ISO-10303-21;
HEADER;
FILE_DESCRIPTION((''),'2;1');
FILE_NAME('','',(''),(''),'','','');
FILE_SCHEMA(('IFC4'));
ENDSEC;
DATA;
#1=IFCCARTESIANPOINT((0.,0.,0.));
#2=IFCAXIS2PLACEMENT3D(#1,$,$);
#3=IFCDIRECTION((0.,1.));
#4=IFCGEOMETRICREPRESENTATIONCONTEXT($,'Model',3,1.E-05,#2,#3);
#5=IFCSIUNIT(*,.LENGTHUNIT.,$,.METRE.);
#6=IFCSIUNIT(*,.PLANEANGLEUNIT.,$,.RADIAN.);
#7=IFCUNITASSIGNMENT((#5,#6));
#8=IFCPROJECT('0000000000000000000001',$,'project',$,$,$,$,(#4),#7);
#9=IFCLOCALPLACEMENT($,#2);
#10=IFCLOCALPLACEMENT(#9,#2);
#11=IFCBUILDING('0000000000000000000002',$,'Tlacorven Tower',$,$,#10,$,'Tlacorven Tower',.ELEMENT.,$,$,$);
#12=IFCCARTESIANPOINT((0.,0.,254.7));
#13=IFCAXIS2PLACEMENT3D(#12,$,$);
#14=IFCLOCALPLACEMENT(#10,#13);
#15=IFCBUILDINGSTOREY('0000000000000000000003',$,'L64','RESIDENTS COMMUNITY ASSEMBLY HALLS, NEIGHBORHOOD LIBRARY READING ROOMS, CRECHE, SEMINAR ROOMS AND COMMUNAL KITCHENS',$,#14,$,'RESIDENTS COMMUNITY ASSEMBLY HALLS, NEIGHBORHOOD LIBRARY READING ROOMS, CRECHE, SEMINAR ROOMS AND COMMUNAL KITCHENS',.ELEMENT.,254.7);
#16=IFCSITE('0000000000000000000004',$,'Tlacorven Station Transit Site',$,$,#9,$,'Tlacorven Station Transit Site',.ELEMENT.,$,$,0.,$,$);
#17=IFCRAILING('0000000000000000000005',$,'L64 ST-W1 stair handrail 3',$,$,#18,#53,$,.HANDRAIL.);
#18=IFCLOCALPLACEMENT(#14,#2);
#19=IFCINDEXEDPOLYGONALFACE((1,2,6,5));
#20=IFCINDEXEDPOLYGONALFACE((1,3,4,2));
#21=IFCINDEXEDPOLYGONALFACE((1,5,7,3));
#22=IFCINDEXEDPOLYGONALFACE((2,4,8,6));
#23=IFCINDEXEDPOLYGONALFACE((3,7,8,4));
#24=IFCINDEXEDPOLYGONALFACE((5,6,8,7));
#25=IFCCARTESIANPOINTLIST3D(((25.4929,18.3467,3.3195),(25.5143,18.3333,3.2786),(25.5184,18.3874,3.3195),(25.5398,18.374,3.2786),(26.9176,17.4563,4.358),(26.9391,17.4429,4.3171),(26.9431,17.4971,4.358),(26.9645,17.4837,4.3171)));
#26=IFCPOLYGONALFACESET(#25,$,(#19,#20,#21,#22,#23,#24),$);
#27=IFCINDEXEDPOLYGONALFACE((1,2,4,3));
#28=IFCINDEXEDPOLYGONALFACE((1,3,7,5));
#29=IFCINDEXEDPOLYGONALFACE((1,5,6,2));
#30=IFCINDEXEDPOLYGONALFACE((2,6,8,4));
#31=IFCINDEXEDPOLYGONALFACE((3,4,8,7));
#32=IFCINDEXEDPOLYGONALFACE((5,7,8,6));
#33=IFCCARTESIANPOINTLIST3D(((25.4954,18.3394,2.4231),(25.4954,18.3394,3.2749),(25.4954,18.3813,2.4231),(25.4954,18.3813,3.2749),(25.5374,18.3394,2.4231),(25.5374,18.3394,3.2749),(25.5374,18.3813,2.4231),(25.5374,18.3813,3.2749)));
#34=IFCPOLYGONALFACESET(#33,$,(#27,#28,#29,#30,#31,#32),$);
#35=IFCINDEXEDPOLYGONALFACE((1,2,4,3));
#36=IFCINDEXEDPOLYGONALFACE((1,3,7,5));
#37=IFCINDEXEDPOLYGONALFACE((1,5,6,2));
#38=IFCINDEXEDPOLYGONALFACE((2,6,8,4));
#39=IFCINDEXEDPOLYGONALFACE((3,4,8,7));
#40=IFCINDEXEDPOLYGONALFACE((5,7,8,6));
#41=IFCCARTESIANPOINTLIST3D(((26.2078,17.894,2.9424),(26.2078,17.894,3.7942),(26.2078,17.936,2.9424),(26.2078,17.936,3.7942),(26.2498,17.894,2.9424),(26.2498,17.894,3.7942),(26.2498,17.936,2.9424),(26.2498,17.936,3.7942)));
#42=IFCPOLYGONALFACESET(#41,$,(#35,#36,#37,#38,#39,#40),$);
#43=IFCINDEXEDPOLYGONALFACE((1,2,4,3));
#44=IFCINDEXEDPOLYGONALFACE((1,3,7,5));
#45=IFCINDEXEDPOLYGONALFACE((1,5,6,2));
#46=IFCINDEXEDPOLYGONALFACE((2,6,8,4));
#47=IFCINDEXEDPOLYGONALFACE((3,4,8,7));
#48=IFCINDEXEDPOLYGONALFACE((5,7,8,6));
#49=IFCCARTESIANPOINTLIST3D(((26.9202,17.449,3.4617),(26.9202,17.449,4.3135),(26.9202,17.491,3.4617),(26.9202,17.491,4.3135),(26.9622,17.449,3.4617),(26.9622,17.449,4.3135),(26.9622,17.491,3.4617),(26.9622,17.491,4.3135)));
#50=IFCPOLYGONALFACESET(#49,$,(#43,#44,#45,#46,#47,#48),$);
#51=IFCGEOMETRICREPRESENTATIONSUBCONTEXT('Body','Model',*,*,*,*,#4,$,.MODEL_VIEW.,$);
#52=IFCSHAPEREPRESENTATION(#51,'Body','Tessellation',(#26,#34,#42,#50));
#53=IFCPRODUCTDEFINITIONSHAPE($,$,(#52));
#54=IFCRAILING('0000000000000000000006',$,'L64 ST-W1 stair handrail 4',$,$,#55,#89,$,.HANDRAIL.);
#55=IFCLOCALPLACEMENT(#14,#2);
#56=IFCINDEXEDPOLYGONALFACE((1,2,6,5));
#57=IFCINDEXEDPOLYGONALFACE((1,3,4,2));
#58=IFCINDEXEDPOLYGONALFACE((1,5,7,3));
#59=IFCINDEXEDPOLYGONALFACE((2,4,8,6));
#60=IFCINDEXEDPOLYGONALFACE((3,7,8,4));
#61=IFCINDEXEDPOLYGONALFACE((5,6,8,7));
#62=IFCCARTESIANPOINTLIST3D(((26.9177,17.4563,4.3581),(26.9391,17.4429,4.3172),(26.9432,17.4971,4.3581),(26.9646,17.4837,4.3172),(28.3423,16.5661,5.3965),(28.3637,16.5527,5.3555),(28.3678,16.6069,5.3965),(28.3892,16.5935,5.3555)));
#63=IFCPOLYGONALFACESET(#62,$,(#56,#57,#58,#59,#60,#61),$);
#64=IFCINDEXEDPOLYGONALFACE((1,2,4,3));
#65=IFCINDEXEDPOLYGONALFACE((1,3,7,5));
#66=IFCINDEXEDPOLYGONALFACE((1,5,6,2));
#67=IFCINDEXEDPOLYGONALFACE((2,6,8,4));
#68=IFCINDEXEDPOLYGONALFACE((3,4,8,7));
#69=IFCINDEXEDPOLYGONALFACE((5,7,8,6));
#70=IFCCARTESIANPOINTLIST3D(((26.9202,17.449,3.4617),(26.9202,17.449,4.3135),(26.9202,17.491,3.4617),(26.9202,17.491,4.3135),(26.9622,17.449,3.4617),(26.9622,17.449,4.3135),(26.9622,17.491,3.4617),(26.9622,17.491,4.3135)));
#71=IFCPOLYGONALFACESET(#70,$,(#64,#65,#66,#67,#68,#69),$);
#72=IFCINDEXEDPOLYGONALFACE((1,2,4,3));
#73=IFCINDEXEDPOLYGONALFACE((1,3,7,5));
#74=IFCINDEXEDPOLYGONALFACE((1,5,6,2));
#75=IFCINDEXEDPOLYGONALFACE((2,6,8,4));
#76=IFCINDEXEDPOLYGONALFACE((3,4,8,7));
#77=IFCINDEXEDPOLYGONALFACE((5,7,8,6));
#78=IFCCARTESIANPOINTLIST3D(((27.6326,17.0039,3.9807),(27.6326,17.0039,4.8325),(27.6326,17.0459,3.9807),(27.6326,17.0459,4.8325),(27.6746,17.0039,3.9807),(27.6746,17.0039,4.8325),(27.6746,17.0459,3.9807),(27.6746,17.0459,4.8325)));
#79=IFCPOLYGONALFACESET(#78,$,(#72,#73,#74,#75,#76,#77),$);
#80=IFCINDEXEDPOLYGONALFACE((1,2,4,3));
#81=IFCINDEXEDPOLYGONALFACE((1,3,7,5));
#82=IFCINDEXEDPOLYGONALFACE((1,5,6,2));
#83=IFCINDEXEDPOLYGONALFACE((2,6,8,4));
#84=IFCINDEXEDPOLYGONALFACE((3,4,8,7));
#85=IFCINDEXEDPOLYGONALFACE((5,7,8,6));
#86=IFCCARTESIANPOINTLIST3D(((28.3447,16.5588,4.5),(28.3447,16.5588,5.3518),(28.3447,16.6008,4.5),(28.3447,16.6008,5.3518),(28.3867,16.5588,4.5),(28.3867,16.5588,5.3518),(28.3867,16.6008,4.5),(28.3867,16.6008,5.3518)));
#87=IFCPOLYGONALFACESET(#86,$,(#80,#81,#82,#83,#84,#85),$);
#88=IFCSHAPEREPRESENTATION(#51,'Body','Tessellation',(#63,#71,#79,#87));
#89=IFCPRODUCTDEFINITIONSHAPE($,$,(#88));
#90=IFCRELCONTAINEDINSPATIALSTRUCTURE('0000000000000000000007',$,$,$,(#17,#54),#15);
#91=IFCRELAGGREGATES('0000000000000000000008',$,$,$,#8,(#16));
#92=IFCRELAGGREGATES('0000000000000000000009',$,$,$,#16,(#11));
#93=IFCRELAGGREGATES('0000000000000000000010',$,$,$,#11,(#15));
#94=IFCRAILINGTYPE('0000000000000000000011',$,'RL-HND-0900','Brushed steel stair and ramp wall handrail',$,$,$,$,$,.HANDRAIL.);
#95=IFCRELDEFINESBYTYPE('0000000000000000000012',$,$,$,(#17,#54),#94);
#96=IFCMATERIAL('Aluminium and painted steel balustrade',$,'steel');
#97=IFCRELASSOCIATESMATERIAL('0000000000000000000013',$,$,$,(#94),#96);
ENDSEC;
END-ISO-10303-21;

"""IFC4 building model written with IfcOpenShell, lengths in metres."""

from ifc_helpers import new_model, si_unit, direction, frame, origin, origin_2d, place, context, subcontext, project, spatial, rectangle, extrude, source, transform, mapped, material, type_object, element, save


model = new_model("IFC4")

# Units and contexts
model_context = context("Model", 3, precision=1e-05, world=origin(), true_north=direction((0.0, 1.0)))
body_context = subcontext(model_context, "Body", "Model", "MODEL_VIEW")
ifc_project = project(units=[si_unit("LENGTHUNIT", "METRE"), si_unit("PLANEANGLEUNIT", "RADIAN")], contexts=[model_context])

# Site, building, storey
site_placement = place(None, origin())
site = spatial("IfcSite", under=ifc_project, at=site_placement, Name="Tlacorven Station Transit Site", LongName="Tlacorven Station Transit Site", CompositionType="ELEMENT", RefElevation=0.0)
building_placement = place(site_placement, origin())
building = spatial("IfcBuilding", under=site, at=building_placement, Name="Tlacorven Tower", LongName="Tlacorven Tower", CompositionType="ELEMENT")
storey_placement = place(building_placement, frame((0.0, 0.0, 254.7)))
storey = spatial("IfcBuildingStorey", under=building, at=storey_placement, Name="L64", Description="RESIDENTS COMMUNITY ASSEMBLY HALLS, NEIGHBORHOOD LIBRARY READING ROOMS, CRECHE, SEMINAR ROOMS AND COMMUNAL KITCHENS", LongName="RESIDENTS COMMUNITY ASSEMBLY HALLS, NEIGHBORHOOD LIBRARY READING ROOMS, CRECHE, SEMINAR ROOMS AND COMMUNAL KITCHENS", CompositionType="ELEMENT", Elevation=254.7)

# Railings
ifc_material_1 = material(Name="Aluminium and painted steel balustrade", Category="steel")
railing_type_1 = type_object("IfcRailingType", Name="RL-HND-0900", Description="Brushed steel stair and ramp wall handrail", PredefinedType="HANDRAIL", material=ifc_material_1)
shared_shape_1 = source(origin(), body_context, "Body", "SweptSolid", [
    extrude(rectangle(XDim=0.0481, YDim=0.0481, at=origin_2d()), frame((0.0, 0.0, 0.876), z_axis=(0.721341, -0.450776, 0.525803), x_axis=(0.529947, 0.848031, 0.0)), (0.0, 0.0, 1.0), 1.9751),
    extrude(rectangle(XDim=0.042, YDim=0.042, at=origin_2d()), origin(), (0.0, 0.0, 1.0), 0.8518),
    extrude(rectangle(XDim=0.042, YDim=0.042, at=origin_2d()), frame((0.7124, -0.4453, 0.5193)), (0.0, 0.0, 1.0), 0.8518),
    extrude(rectangle(XDim=0.042, YDim=0.042, at=origin_2d()), frame((1.4248, -0.8904, 1.0386)), (0.0, 0.0, 1.0), 0.8518),
])
railing_1_placement = place(storey_placement, frame((25.5164, 18.3604, 2.4231)))
element("IfcRailing", 1, at=railing_1_placement, inside=storey, type_object=railing_type_1, Name="L64 ST-W1 stair handrail 3", PredefinedType="HANDRAIL", context=body_context, shape_type="MappedRepresentation", body=[
    mapped(shared_shape_1, transform((0.0, 0.0, 0.0), scale=1.0)),
])
shared_shape_2 = source(origin(), body_context, "Body", "SweptSolid", [
    extrude(rectangle(XDim=0.0481, YDim=0.0481, at=origin_2d()), frame((0.0, 0.0, 0.876), z_axis=(0.721369, -0.450747, 0.525789), x_axis=(0.529907, 0.848055, 0.0)), (0.0, 0.0, 1.0), 1.9749),
    extrude(rectangle(XDim=0.042, YDim=0.042, at=origin_2d()), origin(), (0.0, 0.0, 1.0), 0.8518),
    extrude(rectangle(XDim=0.042, YDim=0.042, at=origin_2d()), frame((0.7124, -0.4451, 0.519)), (0.0, 0.0, 1.0), 0.8518),
    extrude(rectangle(XDim=0.042, YDim=0.042, at=origin_2d()), frame((1.4246, -0.8901, 1.0383)), (0.0, 0.0, 1.0), 0.8518),
])
railing_2_placement = place(storey_placement, frame((26.9412, 17.47, 3.4617)))
element("IfcRailing", 2, at=railing_2_placement, inside=storey, type_object=railing_type_1, Name="L64 ST-W1 stair handrail 4", PredefinedType="HANDRAIL", context=body_context, shape_type="MappedRepresentation", body=[
    mapped(shared_shape_2, transform((0.0, 0.0, 0.0), scale=1.0)),
])

save(model, "model.ifc")
